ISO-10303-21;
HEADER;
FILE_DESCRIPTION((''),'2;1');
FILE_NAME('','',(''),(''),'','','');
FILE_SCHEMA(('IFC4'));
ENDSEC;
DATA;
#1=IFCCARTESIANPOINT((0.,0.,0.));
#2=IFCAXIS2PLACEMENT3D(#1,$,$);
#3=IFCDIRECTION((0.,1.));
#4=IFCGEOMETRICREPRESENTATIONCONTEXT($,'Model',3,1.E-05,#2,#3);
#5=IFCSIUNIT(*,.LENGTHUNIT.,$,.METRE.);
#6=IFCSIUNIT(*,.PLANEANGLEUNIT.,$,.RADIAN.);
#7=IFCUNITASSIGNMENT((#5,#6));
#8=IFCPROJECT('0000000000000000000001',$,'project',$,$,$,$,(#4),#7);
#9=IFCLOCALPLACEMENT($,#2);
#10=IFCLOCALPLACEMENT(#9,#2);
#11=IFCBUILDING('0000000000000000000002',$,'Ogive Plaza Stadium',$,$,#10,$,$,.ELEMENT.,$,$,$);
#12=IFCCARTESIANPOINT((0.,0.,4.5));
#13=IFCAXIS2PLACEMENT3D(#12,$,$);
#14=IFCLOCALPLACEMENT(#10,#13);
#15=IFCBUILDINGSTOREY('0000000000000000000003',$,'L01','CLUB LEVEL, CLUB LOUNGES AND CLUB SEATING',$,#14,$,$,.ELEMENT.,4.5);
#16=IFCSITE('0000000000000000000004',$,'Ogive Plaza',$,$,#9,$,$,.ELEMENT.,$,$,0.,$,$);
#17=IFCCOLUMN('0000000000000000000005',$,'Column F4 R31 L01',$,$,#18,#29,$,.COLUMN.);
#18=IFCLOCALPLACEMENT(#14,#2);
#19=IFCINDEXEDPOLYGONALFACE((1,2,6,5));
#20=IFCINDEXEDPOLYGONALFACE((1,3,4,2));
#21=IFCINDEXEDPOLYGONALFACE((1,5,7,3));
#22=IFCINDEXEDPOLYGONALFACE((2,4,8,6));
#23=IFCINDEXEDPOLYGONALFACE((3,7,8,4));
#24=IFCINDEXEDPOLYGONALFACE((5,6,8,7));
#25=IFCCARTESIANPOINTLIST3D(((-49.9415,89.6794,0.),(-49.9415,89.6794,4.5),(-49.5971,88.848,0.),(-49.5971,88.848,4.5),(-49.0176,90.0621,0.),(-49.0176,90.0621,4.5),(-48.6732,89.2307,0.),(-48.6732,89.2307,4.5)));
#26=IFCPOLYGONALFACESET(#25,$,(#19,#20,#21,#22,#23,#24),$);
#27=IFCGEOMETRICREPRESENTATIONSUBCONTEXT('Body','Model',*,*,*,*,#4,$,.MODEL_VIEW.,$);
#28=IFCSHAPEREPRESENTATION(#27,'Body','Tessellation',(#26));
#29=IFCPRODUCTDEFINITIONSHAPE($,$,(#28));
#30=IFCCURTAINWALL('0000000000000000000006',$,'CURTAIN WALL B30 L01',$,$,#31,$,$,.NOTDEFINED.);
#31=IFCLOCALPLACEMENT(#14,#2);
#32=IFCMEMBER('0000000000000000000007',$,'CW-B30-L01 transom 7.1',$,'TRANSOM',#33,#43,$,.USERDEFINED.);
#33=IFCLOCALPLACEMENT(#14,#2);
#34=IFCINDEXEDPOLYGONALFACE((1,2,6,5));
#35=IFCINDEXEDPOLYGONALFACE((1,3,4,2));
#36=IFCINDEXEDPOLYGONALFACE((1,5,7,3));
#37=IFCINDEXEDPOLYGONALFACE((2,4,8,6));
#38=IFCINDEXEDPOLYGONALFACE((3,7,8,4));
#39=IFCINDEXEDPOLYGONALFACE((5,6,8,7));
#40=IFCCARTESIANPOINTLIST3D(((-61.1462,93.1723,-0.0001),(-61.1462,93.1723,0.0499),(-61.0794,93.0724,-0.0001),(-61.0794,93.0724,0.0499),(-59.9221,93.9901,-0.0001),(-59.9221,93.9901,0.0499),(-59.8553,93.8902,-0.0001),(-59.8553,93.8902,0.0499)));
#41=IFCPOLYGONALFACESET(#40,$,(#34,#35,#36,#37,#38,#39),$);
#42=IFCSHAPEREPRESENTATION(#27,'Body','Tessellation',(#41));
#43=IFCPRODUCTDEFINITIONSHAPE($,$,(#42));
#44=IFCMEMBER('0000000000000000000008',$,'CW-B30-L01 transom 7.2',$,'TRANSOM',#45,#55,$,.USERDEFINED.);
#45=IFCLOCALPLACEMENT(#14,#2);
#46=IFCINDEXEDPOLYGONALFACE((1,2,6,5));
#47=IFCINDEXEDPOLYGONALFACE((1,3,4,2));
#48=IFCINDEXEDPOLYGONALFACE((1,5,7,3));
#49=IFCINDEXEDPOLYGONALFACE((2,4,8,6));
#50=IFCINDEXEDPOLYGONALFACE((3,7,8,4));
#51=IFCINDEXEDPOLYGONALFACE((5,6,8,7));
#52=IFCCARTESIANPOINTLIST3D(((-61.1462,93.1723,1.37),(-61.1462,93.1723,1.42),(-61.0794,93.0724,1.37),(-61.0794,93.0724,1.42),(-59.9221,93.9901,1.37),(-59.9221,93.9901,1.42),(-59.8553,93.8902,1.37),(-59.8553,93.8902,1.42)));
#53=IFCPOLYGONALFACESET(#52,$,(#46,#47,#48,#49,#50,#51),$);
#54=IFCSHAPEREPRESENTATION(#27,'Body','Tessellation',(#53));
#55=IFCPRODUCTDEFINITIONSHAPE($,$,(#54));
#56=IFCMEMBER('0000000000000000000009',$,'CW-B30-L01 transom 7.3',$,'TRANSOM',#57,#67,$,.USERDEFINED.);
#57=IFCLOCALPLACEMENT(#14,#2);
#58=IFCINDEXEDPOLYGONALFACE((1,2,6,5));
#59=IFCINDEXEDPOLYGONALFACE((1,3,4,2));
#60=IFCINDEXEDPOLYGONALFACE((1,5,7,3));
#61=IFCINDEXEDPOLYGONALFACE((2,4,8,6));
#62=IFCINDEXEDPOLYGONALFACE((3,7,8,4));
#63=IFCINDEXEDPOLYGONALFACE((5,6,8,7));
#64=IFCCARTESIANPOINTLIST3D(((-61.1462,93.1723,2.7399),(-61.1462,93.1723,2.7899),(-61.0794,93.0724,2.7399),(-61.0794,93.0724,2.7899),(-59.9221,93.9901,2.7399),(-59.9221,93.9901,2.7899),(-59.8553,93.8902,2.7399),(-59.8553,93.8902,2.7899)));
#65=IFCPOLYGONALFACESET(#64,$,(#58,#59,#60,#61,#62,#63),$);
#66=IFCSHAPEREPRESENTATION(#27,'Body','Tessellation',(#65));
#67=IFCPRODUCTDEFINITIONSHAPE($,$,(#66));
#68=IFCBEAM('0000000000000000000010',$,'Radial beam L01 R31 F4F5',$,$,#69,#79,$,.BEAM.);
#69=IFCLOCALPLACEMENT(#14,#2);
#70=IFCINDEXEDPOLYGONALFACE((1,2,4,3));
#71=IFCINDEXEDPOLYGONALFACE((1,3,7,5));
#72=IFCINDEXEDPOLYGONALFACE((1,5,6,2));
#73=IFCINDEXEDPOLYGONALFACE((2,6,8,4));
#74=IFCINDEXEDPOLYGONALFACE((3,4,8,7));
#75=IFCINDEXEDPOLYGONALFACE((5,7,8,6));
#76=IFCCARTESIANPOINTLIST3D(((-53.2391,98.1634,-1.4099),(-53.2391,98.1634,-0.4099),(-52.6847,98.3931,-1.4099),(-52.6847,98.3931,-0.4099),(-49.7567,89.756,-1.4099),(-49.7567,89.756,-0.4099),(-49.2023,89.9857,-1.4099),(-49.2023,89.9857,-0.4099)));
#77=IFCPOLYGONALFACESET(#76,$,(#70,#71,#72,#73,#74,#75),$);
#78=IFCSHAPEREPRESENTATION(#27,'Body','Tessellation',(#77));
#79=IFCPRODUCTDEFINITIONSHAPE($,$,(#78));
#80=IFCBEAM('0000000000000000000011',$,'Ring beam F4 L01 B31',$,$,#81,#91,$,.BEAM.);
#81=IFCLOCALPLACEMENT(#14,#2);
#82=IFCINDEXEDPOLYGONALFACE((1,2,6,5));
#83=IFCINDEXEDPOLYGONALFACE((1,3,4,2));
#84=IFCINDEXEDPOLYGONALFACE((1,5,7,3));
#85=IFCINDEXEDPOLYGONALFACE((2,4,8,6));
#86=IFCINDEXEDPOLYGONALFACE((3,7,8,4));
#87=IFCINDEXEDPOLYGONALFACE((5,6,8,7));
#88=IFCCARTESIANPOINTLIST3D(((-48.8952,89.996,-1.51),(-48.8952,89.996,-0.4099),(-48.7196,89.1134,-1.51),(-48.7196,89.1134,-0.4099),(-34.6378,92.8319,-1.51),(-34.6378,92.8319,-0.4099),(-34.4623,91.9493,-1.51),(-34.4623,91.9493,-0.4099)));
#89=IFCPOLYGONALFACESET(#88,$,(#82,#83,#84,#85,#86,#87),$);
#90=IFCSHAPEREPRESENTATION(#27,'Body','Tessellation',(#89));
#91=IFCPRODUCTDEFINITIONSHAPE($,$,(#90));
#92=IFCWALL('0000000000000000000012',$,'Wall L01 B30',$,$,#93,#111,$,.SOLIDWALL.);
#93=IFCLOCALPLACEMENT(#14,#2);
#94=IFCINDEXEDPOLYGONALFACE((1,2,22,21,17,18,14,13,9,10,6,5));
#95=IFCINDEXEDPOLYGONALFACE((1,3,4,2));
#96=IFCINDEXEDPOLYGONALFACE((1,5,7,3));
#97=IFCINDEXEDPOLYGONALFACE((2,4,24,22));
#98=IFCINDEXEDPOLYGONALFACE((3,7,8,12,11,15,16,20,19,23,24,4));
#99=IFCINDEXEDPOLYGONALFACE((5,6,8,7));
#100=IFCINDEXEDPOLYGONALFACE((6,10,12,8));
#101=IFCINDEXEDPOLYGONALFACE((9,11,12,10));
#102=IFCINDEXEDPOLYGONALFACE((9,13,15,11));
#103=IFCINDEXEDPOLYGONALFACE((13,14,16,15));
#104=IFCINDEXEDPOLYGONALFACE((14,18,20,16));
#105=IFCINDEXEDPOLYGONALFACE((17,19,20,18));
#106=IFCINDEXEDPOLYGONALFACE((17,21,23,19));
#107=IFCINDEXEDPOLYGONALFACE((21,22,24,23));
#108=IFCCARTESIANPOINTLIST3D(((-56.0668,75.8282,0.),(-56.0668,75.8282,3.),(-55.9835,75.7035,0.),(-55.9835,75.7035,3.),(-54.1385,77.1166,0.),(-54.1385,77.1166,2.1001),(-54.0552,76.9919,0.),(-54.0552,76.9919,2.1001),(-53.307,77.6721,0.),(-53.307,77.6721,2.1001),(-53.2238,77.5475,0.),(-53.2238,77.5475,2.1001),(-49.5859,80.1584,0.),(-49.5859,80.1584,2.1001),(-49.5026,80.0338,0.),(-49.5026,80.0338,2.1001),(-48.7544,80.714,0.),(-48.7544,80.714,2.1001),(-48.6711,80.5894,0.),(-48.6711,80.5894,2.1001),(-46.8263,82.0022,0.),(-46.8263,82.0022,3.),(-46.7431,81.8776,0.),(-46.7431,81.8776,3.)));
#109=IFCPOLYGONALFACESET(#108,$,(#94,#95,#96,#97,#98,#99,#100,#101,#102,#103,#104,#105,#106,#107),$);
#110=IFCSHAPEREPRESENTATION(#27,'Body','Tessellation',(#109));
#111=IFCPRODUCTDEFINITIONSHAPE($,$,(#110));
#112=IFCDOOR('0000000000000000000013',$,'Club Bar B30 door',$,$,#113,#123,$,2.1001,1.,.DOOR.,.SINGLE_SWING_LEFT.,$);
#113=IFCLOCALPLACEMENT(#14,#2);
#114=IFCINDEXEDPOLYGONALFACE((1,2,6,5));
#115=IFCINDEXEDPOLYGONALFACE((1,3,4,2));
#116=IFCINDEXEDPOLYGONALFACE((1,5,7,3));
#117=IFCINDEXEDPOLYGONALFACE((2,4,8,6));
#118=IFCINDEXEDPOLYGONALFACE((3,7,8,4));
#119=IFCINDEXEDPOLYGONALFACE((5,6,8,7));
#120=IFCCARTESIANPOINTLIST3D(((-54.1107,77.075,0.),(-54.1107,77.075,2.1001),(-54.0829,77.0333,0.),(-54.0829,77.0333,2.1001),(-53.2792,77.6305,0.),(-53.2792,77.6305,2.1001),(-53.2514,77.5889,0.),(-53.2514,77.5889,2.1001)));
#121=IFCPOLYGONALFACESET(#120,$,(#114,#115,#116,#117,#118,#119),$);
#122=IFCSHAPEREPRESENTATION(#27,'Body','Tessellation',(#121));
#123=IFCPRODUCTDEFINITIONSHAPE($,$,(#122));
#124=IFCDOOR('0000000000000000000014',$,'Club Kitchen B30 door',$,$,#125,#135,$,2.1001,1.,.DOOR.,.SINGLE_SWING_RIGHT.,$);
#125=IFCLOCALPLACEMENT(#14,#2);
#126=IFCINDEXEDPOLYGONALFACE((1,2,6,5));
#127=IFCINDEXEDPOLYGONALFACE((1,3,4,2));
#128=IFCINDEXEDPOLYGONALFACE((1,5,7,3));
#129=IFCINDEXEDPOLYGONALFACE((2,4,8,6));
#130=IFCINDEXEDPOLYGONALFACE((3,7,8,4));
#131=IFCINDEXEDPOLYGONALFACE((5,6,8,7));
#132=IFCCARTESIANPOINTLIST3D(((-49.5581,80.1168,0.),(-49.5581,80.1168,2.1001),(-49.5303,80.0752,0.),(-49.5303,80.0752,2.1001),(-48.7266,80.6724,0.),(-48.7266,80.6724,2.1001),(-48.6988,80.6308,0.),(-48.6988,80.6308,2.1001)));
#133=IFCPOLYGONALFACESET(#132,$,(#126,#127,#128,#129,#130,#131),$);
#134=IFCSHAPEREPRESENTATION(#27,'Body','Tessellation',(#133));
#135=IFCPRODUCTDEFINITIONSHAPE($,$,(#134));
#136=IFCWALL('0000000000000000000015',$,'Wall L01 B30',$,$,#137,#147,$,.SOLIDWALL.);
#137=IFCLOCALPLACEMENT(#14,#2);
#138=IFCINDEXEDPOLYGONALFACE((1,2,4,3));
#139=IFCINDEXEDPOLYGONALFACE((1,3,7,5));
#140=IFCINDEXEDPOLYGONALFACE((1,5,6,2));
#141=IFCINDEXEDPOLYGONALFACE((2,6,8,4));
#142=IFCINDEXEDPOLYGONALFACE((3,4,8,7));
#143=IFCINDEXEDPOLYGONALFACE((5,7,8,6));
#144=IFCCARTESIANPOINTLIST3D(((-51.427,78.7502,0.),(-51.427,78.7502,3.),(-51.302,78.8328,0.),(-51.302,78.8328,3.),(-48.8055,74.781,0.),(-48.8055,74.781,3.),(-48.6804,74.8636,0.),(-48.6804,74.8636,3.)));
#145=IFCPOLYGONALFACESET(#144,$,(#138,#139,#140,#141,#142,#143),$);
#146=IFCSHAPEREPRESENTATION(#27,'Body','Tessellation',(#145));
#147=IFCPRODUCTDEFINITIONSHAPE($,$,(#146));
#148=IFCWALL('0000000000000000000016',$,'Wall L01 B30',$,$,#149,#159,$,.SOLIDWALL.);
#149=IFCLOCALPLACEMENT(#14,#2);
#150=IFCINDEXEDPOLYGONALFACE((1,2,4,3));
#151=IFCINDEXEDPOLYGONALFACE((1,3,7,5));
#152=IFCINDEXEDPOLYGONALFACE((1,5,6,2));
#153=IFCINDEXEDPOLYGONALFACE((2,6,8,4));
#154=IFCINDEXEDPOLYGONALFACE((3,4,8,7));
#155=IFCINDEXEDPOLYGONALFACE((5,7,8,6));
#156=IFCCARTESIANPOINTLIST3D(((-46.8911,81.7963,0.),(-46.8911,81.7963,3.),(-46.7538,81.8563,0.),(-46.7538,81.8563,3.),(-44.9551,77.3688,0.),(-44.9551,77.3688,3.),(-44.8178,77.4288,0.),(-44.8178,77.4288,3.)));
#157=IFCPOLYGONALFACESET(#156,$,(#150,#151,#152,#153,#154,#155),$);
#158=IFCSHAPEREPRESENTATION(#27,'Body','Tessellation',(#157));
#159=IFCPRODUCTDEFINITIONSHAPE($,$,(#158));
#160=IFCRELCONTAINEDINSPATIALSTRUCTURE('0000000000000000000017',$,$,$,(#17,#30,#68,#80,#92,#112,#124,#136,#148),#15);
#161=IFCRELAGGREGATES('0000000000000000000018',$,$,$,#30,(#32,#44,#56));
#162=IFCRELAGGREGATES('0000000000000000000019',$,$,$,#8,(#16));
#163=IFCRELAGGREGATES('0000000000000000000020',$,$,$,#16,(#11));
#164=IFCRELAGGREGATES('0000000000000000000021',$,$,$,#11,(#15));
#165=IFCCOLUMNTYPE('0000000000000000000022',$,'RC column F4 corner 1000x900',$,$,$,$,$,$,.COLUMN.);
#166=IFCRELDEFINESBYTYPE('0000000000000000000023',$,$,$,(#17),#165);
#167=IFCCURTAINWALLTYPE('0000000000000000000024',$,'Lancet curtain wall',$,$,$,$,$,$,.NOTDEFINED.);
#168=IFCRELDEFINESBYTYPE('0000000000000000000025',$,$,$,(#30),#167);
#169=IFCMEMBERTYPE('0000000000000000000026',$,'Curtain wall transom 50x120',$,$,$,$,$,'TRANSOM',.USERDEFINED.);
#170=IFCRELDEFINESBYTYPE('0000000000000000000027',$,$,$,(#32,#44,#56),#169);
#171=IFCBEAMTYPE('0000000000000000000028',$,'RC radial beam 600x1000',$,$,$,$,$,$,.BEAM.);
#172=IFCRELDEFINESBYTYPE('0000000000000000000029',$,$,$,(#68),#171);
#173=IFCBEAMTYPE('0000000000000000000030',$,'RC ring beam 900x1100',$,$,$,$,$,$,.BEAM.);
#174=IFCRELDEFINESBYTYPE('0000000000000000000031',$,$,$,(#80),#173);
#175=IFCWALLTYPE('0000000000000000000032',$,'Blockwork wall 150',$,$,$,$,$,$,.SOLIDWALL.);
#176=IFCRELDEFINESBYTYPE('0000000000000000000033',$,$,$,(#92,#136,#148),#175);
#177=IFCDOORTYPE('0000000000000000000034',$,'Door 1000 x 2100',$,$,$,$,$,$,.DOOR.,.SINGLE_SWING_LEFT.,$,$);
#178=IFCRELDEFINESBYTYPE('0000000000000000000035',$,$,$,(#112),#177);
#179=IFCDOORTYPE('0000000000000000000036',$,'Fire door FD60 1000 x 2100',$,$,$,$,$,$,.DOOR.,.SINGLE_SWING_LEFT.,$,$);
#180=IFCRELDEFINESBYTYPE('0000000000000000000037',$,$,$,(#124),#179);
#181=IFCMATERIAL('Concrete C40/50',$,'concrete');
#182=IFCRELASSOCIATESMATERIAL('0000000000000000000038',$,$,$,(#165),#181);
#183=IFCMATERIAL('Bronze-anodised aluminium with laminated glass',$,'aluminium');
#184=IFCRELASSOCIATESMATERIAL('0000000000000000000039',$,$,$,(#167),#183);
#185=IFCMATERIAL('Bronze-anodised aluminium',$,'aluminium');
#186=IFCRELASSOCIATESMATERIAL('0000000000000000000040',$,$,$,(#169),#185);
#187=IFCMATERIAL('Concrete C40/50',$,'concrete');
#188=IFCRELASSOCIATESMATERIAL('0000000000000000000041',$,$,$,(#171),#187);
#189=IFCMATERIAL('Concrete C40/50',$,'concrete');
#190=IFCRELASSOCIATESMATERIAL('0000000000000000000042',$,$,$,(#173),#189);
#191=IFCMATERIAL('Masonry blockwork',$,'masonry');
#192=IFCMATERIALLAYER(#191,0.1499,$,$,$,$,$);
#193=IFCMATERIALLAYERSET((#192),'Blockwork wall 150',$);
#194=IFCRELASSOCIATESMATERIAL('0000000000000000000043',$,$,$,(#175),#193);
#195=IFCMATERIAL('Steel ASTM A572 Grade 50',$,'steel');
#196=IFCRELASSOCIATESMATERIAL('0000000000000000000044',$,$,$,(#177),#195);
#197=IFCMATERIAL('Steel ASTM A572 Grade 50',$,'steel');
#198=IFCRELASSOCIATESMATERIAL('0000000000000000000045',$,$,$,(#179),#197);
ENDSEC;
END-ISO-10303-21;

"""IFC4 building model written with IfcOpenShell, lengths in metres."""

from ifc_helpers import new_model, si_unit, direction, frame, frame_2d, origin, origin_2d, place, context, subcontext, project, spatial, rectangle, extrude, material, layer, layer_set, material_profile, profile_set, type_object, element, fill, aggregate, save


model = new_model("IFC4")

# Units and contexts
model_context = context("Model", 3, precision=1e-05, world=origin(), true_north=direction((0.0, 1.0)))
body_context = subcontext(model_context, "Body", "Model", "MODEL_VIEW")
ifc_project = project(units=[si_unit("LENGTHUNIT", "METRE"), si_unit("PLANEANGLEUNIT", "RADIAN")], contexts=[model_context])

# Site, building, storey
site_placement = place(None, origin())
site = spatial("IfcSite", under=ifc_project, at=site_placement, Name="Ogive Plaza", CompositionType="ELEMENT", RefElevation=0.0)
building_placement = place(site_placement, origin())
building = spatial("IfcBuilding", under=site, at=building_placement, Name="Ogive Plaza Stadium", CompositionType="ELEMENT")
storey_placement = place(building_placement, frame((0.0, 0.0, 4.5)))
storey = spatial("IfcBuildingStorey", under=building, at=storey_placement, Name="L01", Description="CLUB LEVEL, CLUB LOUNGES AND CLUB SEATING", CompositionType="ELEMENT", Elevation=4.5)

# Column
ifc_material_1 = material(Name="Concrete C40/50", Category="concrete")
ifc_material_profile_1 = material_profile(ifc_material_1, rectangle(XDim=1.0, YDim=0.8999, at=origin_2d()), Name="RC 1000x900")
ifc_profile_set_1 = profile_set([ifc_material_profile_1], Name="Concrete C40/50")
column_type = type_object("IfcColumnType", Name="RC column F4 corner 1000x900", PredefinedType="COLUMN", material=ifc_profile_set_1)
column_placement = place(storey_placement, frame((-49.3074, 89.4551, 0.0), z_axis=(0.0, 0.0, 1.0), x_axis=(-0.92388, -0.382683, 0.0)))
element("IfcColumn", 1, at=column_placement, inside=storey, type_object=column_type, Name="Column F4 R31 L01", PredefinedType="COLUMN", context=body_context, shape_type="SweptSolid", body=[
    extrude(rectangle(XDim=1.0, YDim=0.8999, at=origin_2d()), origin(), (0.0, 0.0, 1.0), 4.5),
])

# Curtain wall, members
ifc_material_2 = material(Name="Bronze-anodised aluminium with laminated glass", Category="aluminium")
curtain_wall_type = type_object("IfcCurtainWallType", Name="Lancet curtain wall", PredefinedType="NOTDEFINED", material=ifc_material_2)
curtain_wall_placement = place(storey_placement, origin())
curtain_wall = element("IfcCurtainWall", 2, at=curtain_wall_placement, inside=storey, type_object=curtain_wall_type, Name="CURTAIN WALL B30 L01", PredefinedType="NOTDEFINED")
ifc_material_3 = material(Name="Bronze-anodised aluminium", Category="aluminium")
ifc_material_profile_2 = material_profile(ifc_material_3, rectangle(XDim=0.1201, YDim=0.05, at=origin_2d()), Name="AL 120x50")
ifc_profile_set_2 = profile_set([ifc_material_profile_2], Name="Bronze-anodised aluminium")
member_type = type_object("IfcMemberType", Name="Curtain wall transom 50x120", ElementType="TRANSOM", PredefinedType="USERDEFINED", material=ifc_profile_set_2)
member_1_placement = place(storey_placement, frame((-61.1128, 93.1223, 0.0249), z_axis=(0.831489, 0.555542, 0.0), x_axis=(-0.555542, 0.831489, 0.0)))
member_1 = element("IfcMember", 3, at=member_1_placement, type_object=member_type, Name="CW-B30-L01 transom 7.1", ObjectType="TRANSOM", PredefinedType="USERDEFINED", context=body_context, shape_type="SweptSolid", body=[
    extrude(rectangle(XDim=0.1201, YDim=0.05, at=origin_2d()), origin(), (0.0, 0.0, 1.0), 1.4722),
])
member_2_placement = place(storey_placement, frame((-61.1128, 93.1223, 1.395), z_axis=(0.831489, 0.555542, 0.0), x_axis=(-0.555542, 0.831489, 0.0)))
member_2 = element("IfcMember", 4, at=member_2_placement, type_object=member_type, Name="CW-B30-L01 transom 7.2", ObjectType="TRANSOM", PredefinedType="USERDEFINED", context=body_context, shape_type="SweptSolid", body=[
    extrude(rectangle(XDim=0.1201, YDim=0.05, at=origin_2d()), origin(), (0.0, 0.0, 1.0), 1.4722),
])
member_3_placement = place(storey_placement, frame((-61.1128, 93.1223, 2.7649), z_axis=(0.831489, 0.555542, 0.0), x_axis=(-0.555542, 0.831489, 0.0)))
member_3 = element("IfcMember", 5, at=member_3_placement, type_object=member_type, Name="CW-B30-L01 transom 7.3", ObjectType="TRANSOM", PredefinedType="USERDEFINED", context=body_context, shape_type="SweptSolid", body=[
    extrude(rectangle(XDim=0.1201, YDim=0.05, at=origin_2d()), origin(), (0.0, 0.0, 1.0), 1.4722),
])
aggregate(curtain_wall, [member_1, member_2, member_3])

# Beams
ifc_material_4 = material(Name="Concrete C40/50", Category="concrete")
ifc_material_profile_3 = material_profile(ifc_material_4, rectangle(XDim=0.6001, YDim=1.0, at=origin_2d()), Name="RC 600x1000")
ifc_profile_set_3 = profile_set([ifc_material_profile_3], Name="Concrete C40/50")
beam_type_1 = type_object("IfcBeamType", Name="RC radial beam 600x1000", PredefinedType="BEAM", material=ifc_profile_set_3)
beam_1_placement = place(storey_placement, frame((-49.4795, 89.8708, -0.9099), z_axis=(-0.382677, 0.923882, 0.0), x_axis=(-0.923882, -0.382677, 0.0)))
element("IfcBeam", 6, at=beam_1_placement, inside=storey, type_object=beam_type_1, Name="Radial beam L01 R31 F4F5", PredefinedType="BEAM", context=body_context, shape_type="SweptSolid", body=[
    extrude(rectangle(XDim=0.6001, YDim=1.0, at=origin_2d()), origin(), (0.0, 0.0, 1.0), 9.1001),
])
ifc_material_5 = material(Name="Concrete C40/50", Category="concrete")
ifc_material_profile_4 = material_profile(ifc_material_5, rectangle(XDim=0.8999, YDim=1.1001, at=origin_2d()), Name="RC 900x1100")
ifc_profile_set_4 = profile_set([ifc_material_profile_4], Name="Concrete C40/50")
beam_type_2 = type_object("IfcBeamType", Name="RC ring beam 900x1100", PredefinedType="BEAM", material=ifc_profile_set_4)
beam_2_placement = place(storey_placement, frame((-48.8074, 89.5547, -0.96), z_axis=(0.980786, 0.195089, 0.0), x_axis=(-0.195089, 0.980786, 0.0)))
element("IfcBeam", 7, at=beam_2_placement, inside=storey, type_object=beam_type_2, Name="Ring beam F4 L01 B31", PredefinedType="BEAM", context=body_context, shape_type="SweptSolid", body=[
    extrude(rectangle(XDim=0.8999, YDim=1.1001, at=origin_2d()), origin(), (0.0, 0.0, 1.0), 14.5366),
])

# Wall, openings, doors
ifc_material_6 = material(Name="Masonry blockwork", Category="masonry")
ifc_layer_1 = layer(ifc_material_6, 0.1499)
ifc_layer_set_1 = layer_set([ifc_layer_1], Name="Blockwork wall 150")
wall_type_1 = type_object("IfcWallType", Name="Blockwork wall 150", PredefinedType="SOLIDWALL", material=ifc_layer_set_1)
wall_1_placement = place(storey_placement, frame((-56.0251, 75.7659, 0.0), z_axis=(0.0, 0.0, 1.0), x_axis=(0.831479, 0.555557, 0.0)))
wall_1 = element("IfcWall", 8, at=wall_1_placement, inside=storey, type_object=wall_type_1, Name="Wall L01 B30", PredefinedType="SOLIDWALL", context=body_context, shape_type="SweptSolid", body=[
    extrude(rectangle(XDim=11.1133, YDim=0.1499, at=frame_2d((5.5566, 0.0))), origin(), (0.0, 0.0, 1.0), 3.0),
])
opening_1_placement = place(wall_1_placement, frame((2.3191, 0.0, 0.0)))
opening_1 = element("IfcOpeningElement", 9, at=opening_1_placement, cuts=wall_1, PredefinedType="OPENING", context=body_context, shape_type="SweptSolid", body=[
    extrude(rectangle(XDim=1.0, YDim=2.1001, at=frame_2d((0.5, 1.05))), frame((0.0, 0.075, 0.0), z_axis=(0.0, -1.0, 0.0), x_axis=(1.0, 0.0, 0.0)), (0.0, 0.0, 1.0), 0.1499),
])
opening_2_placement = place(wall_1_placement, frame((7.7944, 0.0, 0.0)))
opening_2 = element("IfcOpeningElement", 10, at=opening_2_placement, cuts=wall_1, PredefinedType="OPENING", context=body_context, shape_type="SweptSolid", body=[
    extrude(rectangle(XDim=1.0, YDim=2.1001, at=frame_2d((0.5, 1.05))), frame((0.0, 0.075, 0.0), z_axis=(0.0, -1.0, 0.0), x_axis=(1.0, 0.0, 0.0)), (0.0, 0.0, 1.0), 0.1499),
])
ifc_material_7 = material(Name="Steel ASTM A572 Grade 50", Category="steel")
door_type_1 = type_object("IfcDoorType", Name="Door 1000 x 2100", OperationType="SINGLE_SWING_LEFT", PredefinedType="DOOR", material=ifc_material_7)
door_1_placement = place(opening_1_placement, origin())
door_1 = element("IfcDoor", 11, at=door_1_placement, inside=storey, type_object=door_type_1, Name="Club Bar B30 door", OperationType="SINGLE_SWING_LEFT", OverallHeight=2.1001, OverallWidth=1.0, PredefinedType="DOOR", context=body_context, shape_type="SweptSolid", body=[
    extrude(rectangle(XDim=1.0, YDim=2.1001, at=frame_2d((0.5, 1.05))), frame((0.0, 0.0249, 0.0), z_axis=(0.0, -1.0, 0.0), x_axis=(1.0, 0.0, 0.0)), (0.0, 0.0, 1.0), 0.05),
])
fill(opening_1, door_1)
ifc_material_8 = material(Name="Steel ASTM A572 Grade 50", Category="steel")
door_type_2 = type_object("IfcDoorType", Name="Fire door FD60 1000 x 2100", OperationType="SINGLE_SWING_LEFT", PredefinedType="DOOR", material=ifc_material_8)
door_2_placement = place(opening_2_placement, origin())
door_2 = element("IfcDoor", 12, at=door_2_placement, inside=storey, type_object=door_type_2, Name="Club Kitchen B30 door", OperationType="SINGLE_SWING_RIGHT", OverallHeight=2.1001, OverallWidth=1.0, PredefinedType="DOOR", context=body_context, shape_type="SweptSolid", body=[
    extrude(rectangle(XDim=1.0, YDim=2.1001, at=frame_2d((0.5, 1.05))), frame((0.0, 0.0249, 0.0), z_axis=(0.0, -1.0, 0.0), x_axis=(1.0, 0.0, 0.0)), (0.0, 0.0, 1.0), 0.05),
])
fill(opening_2, door_2)

# Walls
wall_2_placement = place(storey_placement, frame((-48.7429, 74.8223, 0.0), z_axis=(0.0, 0.0, 1.0), x_axis=(-0.551118, 0.834427, 0.0)))
element("IfcWall", 13, at=wall_2_placement, inside=storey, type_object=wall_type_1, Name="Wall L01 B30", PredefinedType="SOLIDWALL", context=body_context, shape_type="SweptSolid", body=[
    extrude(rectangle(XDim=4.7568, YDim=0.1499, at=frame_2d((2.3784, 0.0))), origin(), (0.0, 0.0, 1.0), 3.0),
])
wall_3_placement = place(storey_placement, frame((-44.8865, 77.3989, 0.0), z_axis=(0.0, 0.0, 1.0), x_axis=(-0.400647, 0.916233, 0.0)))
element("IfcWall", 14, at=wall_3_placement, inside=storey, type_object=wall_type_1, Name="Wall L01 B30", PredefinedType="SOLIDWALL", context=body_context, shape_type="SweptSolid", body=[
    extrude(rectangle(XDim=4.8323, YDim=0.1499, at=frame_2d((2.416, 0.0))), origin(), (0.0, 0.0, 1.0), 3.0),
])

save(model, "model.ifc")
